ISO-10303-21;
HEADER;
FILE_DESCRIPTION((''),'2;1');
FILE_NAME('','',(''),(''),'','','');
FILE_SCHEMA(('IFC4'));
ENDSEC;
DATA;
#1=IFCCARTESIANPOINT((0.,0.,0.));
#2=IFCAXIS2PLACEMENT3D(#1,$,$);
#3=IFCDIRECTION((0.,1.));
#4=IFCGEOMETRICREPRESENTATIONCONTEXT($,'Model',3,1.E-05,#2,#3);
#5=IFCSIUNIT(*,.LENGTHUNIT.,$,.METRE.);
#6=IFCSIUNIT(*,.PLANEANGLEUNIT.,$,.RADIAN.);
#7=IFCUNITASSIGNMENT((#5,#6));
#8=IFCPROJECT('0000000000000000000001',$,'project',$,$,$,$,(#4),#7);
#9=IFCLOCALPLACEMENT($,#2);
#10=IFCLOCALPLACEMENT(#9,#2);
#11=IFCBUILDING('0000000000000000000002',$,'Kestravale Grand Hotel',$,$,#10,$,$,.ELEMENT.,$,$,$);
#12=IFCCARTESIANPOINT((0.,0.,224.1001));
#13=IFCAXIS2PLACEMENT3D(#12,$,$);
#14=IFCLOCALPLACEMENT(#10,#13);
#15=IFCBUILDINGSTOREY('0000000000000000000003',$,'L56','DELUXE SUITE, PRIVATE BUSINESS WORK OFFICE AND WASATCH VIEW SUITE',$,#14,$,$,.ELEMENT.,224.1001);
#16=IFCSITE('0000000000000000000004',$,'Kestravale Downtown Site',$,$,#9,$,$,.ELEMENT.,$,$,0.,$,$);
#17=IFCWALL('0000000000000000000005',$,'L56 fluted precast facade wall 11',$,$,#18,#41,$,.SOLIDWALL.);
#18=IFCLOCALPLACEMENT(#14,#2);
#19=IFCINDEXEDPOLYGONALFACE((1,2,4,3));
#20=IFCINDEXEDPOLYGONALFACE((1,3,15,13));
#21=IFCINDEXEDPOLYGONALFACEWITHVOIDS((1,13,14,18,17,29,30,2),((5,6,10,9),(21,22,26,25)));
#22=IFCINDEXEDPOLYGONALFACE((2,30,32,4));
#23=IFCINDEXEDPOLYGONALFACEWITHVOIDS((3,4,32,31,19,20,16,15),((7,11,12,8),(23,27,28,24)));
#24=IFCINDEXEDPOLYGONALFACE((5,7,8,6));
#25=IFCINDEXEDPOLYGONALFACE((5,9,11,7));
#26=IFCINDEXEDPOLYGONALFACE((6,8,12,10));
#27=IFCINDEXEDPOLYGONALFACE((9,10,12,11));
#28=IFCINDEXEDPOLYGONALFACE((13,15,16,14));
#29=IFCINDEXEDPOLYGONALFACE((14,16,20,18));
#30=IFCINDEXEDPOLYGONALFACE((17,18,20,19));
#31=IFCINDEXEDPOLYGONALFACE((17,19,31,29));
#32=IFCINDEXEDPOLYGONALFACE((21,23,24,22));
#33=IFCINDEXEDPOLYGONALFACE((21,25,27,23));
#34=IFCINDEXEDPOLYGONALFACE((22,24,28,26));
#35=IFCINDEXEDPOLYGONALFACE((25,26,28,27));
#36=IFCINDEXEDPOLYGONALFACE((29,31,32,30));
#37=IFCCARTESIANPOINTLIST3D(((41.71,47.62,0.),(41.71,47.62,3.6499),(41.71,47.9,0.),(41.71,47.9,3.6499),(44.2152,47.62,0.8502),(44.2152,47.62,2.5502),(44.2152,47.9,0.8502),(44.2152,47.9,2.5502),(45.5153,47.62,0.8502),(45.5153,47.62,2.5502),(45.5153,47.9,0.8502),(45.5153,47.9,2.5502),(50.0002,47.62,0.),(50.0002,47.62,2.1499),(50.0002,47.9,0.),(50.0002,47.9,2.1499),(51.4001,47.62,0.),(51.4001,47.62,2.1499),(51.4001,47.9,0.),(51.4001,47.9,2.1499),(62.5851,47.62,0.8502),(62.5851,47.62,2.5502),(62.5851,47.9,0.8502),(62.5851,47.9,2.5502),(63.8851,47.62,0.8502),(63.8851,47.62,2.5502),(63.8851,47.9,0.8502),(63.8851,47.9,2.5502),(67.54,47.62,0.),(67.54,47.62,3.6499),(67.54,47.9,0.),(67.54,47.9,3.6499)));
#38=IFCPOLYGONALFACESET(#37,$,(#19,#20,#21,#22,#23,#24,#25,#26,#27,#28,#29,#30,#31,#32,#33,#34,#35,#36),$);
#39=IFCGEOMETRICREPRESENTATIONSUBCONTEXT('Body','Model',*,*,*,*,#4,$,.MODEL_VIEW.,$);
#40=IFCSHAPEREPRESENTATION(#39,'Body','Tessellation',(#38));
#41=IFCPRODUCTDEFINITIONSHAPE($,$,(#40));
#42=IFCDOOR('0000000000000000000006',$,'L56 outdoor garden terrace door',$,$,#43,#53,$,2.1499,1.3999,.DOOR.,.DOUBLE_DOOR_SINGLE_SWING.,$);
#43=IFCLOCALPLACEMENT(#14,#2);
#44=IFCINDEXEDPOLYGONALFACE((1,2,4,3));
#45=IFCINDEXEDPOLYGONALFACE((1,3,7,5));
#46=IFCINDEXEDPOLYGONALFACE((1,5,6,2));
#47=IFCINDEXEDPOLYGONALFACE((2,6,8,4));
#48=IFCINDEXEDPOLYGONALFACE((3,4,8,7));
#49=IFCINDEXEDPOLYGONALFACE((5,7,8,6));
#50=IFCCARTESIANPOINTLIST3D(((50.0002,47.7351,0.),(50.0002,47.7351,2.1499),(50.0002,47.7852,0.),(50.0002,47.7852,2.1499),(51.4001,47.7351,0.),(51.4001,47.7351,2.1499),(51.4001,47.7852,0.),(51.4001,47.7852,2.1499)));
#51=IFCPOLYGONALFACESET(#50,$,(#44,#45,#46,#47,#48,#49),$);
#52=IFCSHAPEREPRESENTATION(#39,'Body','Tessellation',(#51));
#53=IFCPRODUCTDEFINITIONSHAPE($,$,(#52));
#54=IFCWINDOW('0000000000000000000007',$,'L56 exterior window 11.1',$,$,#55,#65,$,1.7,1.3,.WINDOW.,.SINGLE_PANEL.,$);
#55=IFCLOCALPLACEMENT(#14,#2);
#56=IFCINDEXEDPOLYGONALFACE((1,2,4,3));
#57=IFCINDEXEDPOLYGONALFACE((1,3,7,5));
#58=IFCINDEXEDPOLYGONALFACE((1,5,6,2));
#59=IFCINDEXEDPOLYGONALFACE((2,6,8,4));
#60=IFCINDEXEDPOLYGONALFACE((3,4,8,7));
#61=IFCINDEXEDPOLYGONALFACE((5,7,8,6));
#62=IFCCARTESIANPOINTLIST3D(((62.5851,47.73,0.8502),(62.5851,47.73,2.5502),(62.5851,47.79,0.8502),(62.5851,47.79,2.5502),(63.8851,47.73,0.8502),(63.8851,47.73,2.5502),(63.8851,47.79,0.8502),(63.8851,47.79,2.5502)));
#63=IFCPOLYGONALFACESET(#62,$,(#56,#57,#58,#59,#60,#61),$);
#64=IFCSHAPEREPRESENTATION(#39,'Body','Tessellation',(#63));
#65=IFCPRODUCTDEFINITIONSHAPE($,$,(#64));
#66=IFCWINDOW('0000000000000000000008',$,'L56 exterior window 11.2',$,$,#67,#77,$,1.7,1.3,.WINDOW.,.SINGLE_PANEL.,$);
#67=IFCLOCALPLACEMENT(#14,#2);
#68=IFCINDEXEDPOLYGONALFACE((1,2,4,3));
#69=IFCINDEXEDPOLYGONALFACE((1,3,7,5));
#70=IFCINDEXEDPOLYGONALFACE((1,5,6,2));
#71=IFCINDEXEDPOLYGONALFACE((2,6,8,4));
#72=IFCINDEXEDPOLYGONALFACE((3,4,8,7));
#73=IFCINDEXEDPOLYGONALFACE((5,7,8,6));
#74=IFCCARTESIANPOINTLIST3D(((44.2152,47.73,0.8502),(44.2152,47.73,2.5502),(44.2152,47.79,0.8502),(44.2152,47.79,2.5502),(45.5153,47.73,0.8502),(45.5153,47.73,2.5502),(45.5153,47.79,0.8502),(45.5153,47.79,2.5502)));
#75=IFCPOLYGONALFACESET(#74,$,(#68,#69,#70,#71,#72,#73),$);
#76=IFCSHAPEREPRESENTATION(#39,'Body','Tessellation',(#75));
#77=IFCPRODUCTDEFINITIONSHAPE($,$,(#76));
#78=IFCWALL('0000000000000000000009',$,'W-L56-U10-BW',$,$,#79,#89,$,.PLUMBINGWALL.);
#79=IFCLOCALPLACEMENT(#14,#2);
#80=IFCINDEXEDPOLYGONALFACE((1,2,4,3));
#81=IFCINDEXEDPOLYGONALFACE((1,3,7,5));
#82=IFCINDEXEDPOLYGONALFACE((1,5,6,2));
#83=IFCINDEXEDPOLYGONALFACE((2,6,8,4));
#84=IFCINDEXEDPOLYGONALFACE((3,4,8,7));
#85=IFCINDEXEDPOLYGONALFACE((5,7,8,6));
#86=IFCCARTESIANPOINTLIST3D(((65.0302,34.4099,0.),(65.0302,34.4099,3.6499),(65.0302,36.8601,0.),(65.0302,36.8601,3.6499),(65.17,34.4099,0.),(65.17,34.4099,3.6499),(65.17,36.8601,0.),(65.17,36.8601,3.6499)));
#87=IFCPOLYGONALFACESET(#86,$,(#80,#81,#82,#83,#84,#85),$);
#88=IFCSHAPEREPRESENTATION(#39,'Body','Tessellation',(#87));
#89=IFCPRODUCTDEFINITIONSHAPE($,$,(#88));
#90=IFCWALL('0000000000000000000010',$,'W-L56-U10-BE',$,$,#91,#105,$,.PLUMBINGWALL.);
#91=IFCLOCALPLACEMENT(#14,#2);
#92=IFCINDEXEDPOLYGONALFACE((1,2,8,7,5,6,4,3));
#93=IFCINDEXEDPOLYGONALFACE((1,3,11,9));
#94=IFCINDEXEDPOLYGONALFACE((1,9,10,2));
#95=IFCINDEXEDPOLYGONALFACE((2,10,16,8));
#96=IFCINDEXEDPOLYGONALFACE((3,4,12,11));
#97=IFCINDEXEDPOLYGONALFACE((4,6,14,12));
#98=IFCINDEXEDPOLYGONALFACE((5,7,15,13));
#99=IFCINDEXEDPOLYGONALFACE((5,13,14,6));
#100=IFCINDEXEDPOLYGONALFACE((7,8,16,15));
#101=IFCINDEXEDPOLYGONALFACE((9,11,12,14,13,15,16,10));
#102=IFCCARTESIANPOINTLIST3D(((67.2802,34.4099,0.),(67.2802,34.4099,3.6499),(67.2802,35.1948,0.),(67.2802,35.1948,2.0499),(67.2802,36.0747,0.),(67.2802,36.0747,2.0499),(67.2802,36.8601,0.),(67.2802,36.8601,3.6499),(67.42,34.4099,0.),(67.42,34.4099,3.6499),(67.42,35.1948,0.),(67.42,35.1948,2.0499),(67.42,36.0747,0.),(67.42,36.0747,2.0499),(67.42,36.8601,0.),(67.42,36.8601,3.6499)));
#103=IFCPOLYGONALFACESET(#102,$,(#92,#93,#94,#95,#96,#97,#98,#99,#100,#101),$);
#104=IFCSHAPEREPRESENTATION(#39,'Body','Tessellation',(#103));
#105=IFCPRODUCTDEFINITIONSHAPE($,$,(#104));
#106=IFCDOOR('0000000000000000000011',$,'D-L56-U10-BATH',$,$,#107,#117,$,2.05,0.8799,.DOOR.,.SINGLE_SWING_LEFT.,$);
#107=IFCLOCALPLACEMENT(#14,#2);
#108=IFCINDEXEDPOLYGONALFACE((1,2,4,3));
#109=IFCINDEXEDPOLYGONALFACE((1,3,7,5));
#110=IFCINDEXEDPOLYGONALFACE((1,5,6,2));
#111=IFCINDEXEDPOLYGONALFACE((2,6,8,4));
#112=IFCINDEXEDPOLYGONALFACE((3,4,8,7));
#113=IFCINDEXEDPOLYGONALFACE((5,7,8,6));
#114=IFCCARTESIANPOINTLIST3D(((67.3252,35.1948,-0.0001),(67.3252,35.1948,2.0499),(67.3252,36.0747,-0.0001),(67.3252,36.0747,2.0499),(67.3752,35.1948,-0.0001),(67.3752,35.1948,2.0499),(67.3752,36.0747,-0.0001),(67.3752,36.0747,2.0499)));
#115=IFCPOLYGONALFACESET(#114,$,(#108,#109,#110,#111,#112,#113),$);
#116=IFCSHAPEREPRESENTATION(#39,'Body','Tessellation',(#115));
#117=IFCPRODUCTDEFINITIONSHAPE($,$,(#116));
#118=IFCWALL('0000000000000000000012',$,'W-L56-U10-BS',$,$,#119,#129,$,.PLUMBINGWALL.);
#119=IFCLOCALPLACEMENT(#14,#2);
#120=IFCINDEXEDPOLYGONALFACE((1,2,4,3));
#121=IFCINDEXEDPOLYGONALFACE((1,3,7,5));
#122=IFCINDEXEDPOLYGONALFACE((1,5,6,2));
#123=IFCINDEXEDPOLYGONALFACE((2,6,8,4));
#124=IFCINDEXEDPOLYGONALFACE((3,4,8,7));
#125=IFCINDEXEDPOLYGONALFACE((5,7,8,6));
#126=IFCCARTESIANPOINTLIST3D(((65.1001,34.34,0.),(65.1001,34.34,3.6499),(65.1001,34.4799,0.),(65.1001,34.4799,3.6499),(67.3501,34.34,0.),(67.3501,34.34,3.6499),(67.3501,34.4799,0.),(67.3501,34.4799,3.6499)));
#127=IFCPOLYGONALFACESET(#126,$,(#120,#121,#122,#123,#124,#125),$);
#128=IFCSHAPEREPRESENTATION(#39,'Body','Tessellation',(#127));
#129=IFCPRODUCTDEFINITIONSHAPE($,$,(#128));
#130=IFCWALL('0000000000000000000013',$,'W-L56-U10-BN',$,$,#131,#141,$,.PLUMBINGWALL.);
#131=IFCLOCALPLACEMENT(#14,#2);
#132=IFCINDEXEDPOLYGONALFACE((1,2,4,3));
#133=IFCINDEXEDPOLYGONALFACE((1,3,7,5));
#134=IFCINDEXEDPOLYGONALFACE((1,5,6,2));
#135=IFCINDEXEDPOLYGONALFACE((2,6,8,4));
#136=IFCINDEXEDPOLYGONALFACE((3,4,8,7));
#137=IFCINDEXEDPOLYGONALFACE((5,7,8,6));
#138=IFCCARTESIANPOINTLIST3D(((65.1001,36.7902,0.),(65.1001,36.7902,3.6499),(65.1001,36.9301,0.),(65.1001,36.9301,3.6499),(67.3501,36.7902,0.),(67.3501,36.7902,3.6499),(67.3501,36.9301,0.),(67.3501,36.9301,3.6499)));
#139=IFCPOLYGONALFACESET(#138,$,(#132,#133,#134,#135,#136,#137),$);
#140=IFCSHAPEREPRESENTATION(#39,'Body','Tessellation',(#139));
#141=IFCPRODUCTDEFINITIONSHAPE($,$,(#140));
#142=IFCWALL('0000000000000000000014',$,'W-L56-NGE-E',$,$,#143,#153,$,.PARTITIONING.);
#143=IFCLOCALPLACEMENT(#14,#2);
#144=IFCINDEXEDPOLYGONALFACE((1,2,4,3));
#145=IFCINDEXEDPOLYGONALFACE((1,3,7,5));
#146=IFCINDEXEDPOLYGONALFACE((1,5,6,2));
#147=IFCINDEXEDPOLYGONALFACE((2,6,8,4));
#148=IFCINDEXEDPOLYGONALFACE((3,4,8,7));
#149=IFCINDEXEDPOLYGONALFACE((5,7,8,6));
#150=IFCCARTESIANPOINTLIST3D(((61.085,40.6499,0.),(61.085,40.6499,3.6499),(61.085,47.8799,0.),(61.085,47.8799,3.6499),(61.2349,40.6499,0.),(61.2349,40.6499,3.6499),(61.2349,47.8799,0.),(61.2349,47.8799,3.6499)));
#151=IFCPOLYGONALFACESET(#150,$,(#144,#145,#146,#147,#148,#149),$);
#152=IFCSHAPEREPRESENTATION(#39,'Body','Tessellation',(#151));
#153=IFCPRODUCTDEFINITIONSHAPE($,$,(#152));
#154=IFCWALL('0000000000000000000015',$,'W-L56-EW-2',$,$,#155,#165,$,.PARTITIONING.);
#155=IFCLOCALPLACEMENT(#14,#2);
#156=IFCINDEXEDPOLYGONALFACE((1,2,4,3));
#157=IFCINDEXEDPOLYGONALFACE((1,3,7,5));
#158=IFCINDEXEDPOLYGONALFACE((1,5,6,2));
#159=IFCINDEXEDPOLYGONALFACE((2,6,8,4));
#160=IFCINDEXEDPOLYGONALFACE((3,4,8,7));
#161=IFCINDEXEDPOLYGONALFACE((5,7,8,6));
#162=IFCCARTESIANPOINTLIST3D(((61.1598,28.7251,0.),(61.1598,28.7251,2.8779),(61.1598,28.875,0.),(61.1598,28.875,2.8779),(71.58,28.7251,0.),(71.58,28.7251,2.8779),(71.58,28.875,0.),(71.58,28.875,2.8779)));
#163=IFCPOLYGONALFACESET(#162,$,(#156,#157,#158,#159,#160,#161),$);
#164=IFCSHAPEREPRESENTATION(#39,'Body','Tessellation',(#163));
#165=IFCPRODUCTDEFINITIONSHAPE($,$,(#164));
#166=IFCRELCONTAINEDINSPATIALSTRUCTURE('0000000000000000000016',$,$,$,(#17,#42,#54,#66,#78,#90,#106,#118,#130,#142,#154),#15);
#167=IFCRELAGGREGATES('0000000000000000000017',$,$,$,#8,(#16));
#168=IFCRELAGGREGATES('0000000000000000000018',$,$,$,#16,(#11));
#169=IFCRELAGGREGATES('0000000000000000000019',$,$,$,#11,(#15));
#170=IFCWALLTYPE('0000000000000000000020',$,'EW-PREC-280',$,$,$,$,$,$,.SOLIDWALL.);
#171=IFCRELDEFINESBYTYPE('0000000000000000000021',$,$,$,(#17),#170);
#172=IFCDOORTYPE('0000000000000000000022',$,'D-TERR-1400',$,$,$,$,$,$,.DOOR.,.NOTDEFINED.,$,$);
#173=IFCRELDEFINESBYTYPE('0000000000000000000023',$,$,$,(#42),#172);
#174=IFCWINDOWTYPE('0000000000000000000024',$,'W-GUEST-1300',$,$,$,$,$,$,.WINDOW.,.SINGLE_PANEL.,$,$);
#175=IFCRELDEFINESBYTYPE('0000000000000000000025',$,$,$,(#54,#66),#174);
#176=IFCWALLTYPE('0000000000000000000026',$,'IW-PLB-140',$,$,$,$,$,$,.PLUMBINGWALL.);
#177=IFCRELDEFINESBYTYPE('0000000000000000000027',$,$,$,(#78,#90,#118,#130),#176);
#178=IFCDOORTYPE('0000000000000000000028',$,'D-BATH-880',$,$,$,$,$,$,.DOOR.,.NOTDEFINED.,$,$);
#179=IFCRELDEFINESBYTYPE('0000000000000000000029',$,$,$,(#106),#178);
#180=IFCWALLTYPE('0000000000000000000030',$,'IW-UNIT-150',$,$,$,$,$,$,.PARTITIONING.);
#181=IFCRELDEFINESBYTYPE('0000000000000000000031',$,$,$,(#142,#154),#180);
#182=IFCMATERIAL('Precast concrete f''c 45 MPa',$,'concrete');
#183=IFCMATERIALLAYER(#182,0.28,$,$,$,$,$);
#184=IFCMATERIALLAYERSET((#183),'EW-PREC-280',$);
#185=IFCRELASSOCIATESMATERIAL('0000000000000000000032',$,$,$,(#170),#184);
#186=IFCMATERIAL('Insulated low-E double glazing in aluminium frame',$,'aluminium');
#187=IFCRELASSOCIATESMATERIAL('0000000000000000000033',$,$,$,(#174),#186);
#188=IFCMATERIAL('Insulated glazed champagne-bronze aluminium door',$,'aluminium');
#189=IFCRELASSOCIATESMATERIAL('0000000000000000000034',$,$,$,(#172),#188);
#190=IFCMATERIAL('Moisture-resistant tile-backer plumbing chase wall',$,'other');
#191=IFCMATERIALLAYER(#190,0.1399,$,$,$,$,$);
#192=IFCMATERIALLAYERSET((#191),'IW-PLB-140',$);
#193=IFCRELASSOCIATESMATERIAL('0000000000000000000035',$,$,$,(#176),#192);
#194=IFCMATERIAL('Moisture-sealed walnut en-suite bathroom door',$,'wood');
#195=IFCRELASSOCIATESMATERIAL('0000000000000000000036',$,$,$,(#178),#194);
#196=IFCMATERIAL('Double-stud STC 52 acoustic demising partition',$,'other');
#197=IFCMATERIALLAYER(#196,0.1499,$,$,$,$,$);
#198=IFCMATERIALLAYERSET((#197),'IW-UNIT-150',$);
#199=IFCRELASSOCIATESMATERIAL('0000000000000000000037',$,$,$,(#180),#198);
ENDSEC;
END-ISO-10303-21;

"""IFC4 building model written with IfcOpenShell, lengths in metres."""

from ifc_helpers import new_model, si_unit, direction, frame, frame_2d, origin, place, context, subcontext, project, spatial, rectangle, extrude, material, layer, layer_set, type_object, element, fill, save


model = new_model("IFC4")

# Units and contexts
model_context = context("Model", 3, precision=1e-05, world=origin(), true_north=direction((0.0, 1.0)))
body_context = subcontext(model_context, "Body", "Model", "MODEL_VIEW")
ifc_project = project(units=[si_unit("LENGTHUNIT", "METRE"), si_unit("PLANEANGLEUNIT", "RADIAN")], contexts=[model_context])

# Site, building, storey
site_placement = place(None, origin())
site = spatial("IfcSite", under=ifc_project, at=site_placement, Name="Kestravale Downtown Site", CompositionType="ELEMENT", RefElevation=0.0)
building_placement = place(site_placement, origin())
building = spatial("IfcBuilding", under=site, at=building_placement, Name="Kestravale Grand Hotel", CompositionType="ELEMENT")
storey_placement = place(building_placement, frame((0.0, 0.0, 224.1001)))
storey = spatial("IfcBuildingStorey", under=building, at=storey_placement, Name="L56", Description="DELUXE SUITE, PRIVATE BUSINESS WORK OFFICE AND WASATCH VIEW SUITE", CompositionType="ELEMENT", Elevation=224.1001)

# Shared definitions
ifc_material_1 = material(Name="Precast concrete f'c 45 MPa", Category="concrete")
ifc_layer_1 = layer(ifc_material_1, 0.28)
ifc_layer_set_1 = layer_set([ifc_layer_1], Name="EW-PREC-280")
wall_type_1 = type_object("IfcWallType", Name="EW-PREC-280", PredefinedType="SOLIDWALL", material=ifc_layer_set_1)
ifc_material_2 = material(Name="Insulated low-E double glazing in aluminium frame", Category="aluminium")
window_type = type_object("IfcWindowType", Name="W-GUEST-1300", PartitioningType="SINGLE_PANEL", PredefinedType="WINDOW", material=ifc_material_2)

# Wall, openings, door, windows
wall_1_placement = place(storey_placement, frame((67.54, 47.76, 0.0), z_axis=(0.0, 0.0, 1.0), x_axis=(-1.0, 0.0, 0.0)))
wall_1 = element("IfcWall", 1, at=wall_1_placement, inside=storey, type_object=wall_type_1, Name="L56 fluted precast facade wall 11", PredefinedType="SOLIDWALL", context=body_context, shape_type="SweptSolid", body=[
    extrude(rectangle(XDim=25.8301, YDim=0.28, at=frame_2d((12.915, 0.0))), origin(), (0.0, 0.0, 1.0), 3.6499),
])
opening_1_placement = place(wall_1_placement, frame((16.1399, 0.0, 0.0)))
opening_1 = element("IfcOpeningElement", 2, at=opening_1_placement, cuts=wall_1, PredefinedType="OPENING", context=body_context, shape_type="SweptSolid", body=[
    extrude(rectangle(XDim=1.3999, YDim=2.1499, at=frame_2d((0.7, 1.075))), frame((0.0, 0.1499, 0.0), z_axis=(0.0, -1.0, 0.0), x_axis=(1.0, 0.0, 0.0)), (0.0, 0.0, 1.0), 0.3),
])
opening_2_placement = place(wall_1_placement, frame((3.655, 0.0, 0.8501)))
opening_2 = element("IfcOpeningElement", 3, at=opening_2_placement, cuts=wall_1, PredefinedType="OPENING", context=body_context, shape_type="SweptSolid", body=[
    extrude(rectangle(XDim=1.3, YDim=1.7, at=frame_2d((0.6499, 0.8501))), frame((0.0, 0.1499, 0.0), z_axis=(0.0, -1.0, 0.0), x_axis=(1.0, 0.0, 0.0)), (0.0, 0.0, 1.0), 0.3),
])
opening_3_placement = place(wall_1_placement, frame((22.0249, 0.0, 0.8501)))
opening_3 = element("IfcOpeningElement", 4, at=opening_3_placement, cuts=wall_1, PredefinedType="OPENING", context=body_context, shape_type="SweptSolid", body=[
    extrude(rectangle(XDim=1.3, YDim=1.7, at=frame_2d((0.6499, 0.8501))), frame((0.0, 0.1499, 0.0), z_axis=(0.0, -1.0, 0.0), x_axis=(1.0, 0.0, 0.0)), (0.0, 0.0, 1.0), 0.3),
])
ifc_material_3 = material(Name="Insulated glazed champagne-bronze aluminium door", Category="aluminium")
door_type_1 = type_object("IfcDoorType", Name="D-TERR-1400", OperationType="NOTDEFINED", PredefinedType="DOOR", material=ifc_material_3)
door_1_placement = place(opening_1_placement, origin())
door_1 = element("IfcDoor", 5, at=door_1_placement, inside=storey, type_object=door_type_1, Name="L56 outdoor garden terrace door", OperationType="DOUBLE_DOOR_SINGLE_SWING", OverallHeight=2.1499, OverallWidth=1.3999, PredefinedType="DOOR", context=body_context, shape_type="SweptSolid", body=[
    extrude(rectangle(XDim=1.3999, YDim=2.1499, at=frame_2d((0.7, 1.075))), frame((0.0, 0.0249, 0.0), z_axis=(0.0, -1.0, 0.0), x_axis=(1.0, 0.0, 0.0)), (0.0, 0.0, 1.0), 0.05),
])
fill(opening_1, door_1)
window_1_placement = place(opening_2_placement, origin())
window_1 = element("IfcWindow", 6, at=window_1_placement, inside=storey, type_object=window_type, Name="L56 exterior window 11.1", OverallHeight=1.7, OverallWidth=1.3, PartitioningType="SINGLE_PANEL", PredefinedType="WINDOW", context=body_context, shape_type="SweptSolid", body=[
    extrude(rectangle(XDim=1.3, YDim=1.7, at=frame_2d((0.6499, 0.8501))), frame((0.0, 0.03, 0.0), z_axis=(0.0, -1.0, 0.0), x_axis=(1.0, 0.0, 0.0)), (0.0, 0.0, 1.0), 0.0601),
])
fill(opening_2, window_1)
window_2_placement = place(opening_3_placement, origin())
window_2 = element("IfcWindow", 7, at=window_2_placement, inside=storey, type_object=window_type, Name="L56 exterior window 11.2", OverallHeight=1.7, OverallWidth=1.3, PartitioningType="SINGLE_PANEL", PredefinedType="WINDOW", context=body_context, shape_type="SweptSolid", body=[
    extrude(rectangle(XDim=1.3, YDim=1.7, at=frame_2d((0.6499, 0.8501))), frame((0.0, 0.03, 0.0), z_axis=(0.0, -1.0, 0.0), x_axis=(1.0, 0.0, 0.0)), (0.0, 0.0, 1.0), 0.0601),
])
fill(opening_3, window_2)

# Wall
ifc_material_4 = material(Name="Moisture-resistant tile-backer plumbing chase wall", Category="other")
ifc_layer_2 = layer(ifc_material_4, 0.1399)
ifc_layer_set_2 = layer_set([ifc_layer_2], Name="IW-PLB-140")
wall_type_2 = type_object("IfcWallType", Name="IW-PLB-140", PredefinedType="PLUMBINGWALL", material=ifc_layer_set_2)
wall_2_placement = place(storey_placement, frame((65.1001, 34.4099, 0.0), z_axis=(0.0, 0.0, 1.0), x_axis=(0.0, 1.0, 0.0)))
element("IfcWall", 8, at=wall_2_placement, inside=storey, type_object=wall_type_2, Name="W-L56-U10-BW", PredefinedType="PLUMBINGWALL", context=body_context, shape_type="SweptSolid", body=[
    extrude(rectangle(XDim=2.4502, YDim=0.1399, at=frame_2d((1.2251, 0.0))), origin(), (0.0, 0.0, 1.0), 3.6499),
])

# Wall, opening, door
wall_3_placement = place(storey_placement, frame((67.3501, 34.4099, 0.0), z_axis=(0.0, 0.0, 1.0), x_axis=(0.0, 1.0, 0.0)))
wall_3 = element("IfcWall", 9, at=wall_3_placement, inside=storey, type_object=wall_type_2, Name="W-L56-U10-BE", PredefinedType="PLUMBINGWALL", context=body_context, shape_type="SweptSolid", body=[
    extrude(rectangle(XDim=2.4502, YDim=0.1399, at=frame_2d((1.2251, 0.0))), origin(), (0.0, 0.0, 1.0), 3.6499),
])
opening_4_placement = place(wall_3_placement, frame((0.7849, 0.0, 0.0)))
opening_4 = element("IfcOpeningElement", 10, at=opening_4_placement, cuts=wall_3, PredefinedType="OPENING", context=body_context, shape_type="SweptSolid", body=[
    extrude(rectangle(XDim=0.8799, YDim=2.05, at=frame_2d((0.4399, 1.0249))), frame((0.0, 0.0798, 0.0), z_axis=(0.0, -1.0, 0.0), x_axis=(1.0, 0.0, 0.0)), (0.0, 0.0, 1.0), 0.1599),
])
ifc_material_5 = material(Name="Moisture-sealed walnut en-suite bathroom door", Category="wood")
door_type_2 = type_object("IfcDoorType", Name="D-BATH-880", OperationType="NOTDEFINED", PredefinedType="DOOR", material=ifc_material_5)
door_2_placement = place(opening_4_placement, origin())
door_2 = element("IfcDoor", 11, at=door_2_placement, inside=storey, type_object=door_type_2, Name="D-L56-U10-BATH", OperationType="SINGLE_SWING_LEFT", OverallHeight=2.05, OverallWidth=0.8799, PredefinedType="DOOR", context=body_context, shape_type="SweptSolid", body=[
    extrude(rectangle(XDim=0.8799, YDim=2.05, at=frame_2d((0.4399, 1.0249))), frame((0.0, 0.0249, 0.0), z_axis=(0.0, -1.0, 0.0), x_axis=(1.0, 0.0, 0.0)), (0.0, 0.0, 1.0), 0.05),
])
fill(opening_4, door_2)

# Walls
for number, where, z_axis, x_axis, name in (
    (12, (65.1001, 34.4099, 0.0), (0.0, 0.0, 1.0), (1.0, 0.0, 0.0), "W-L56-U10-BS"),
    (13, (65.1001, 36.8601, 0.0), (0.0, 0.0, 1.0), (1.0, 0.0, 0.0), "W-L56-U10-BN"),
):
    element("IfcWall", number, at=place(storey_placement, frame(where, z_axis=z_axis, x_axis=x_axis)), inside=storey, type_object=wall_type_2, Name=name, PredefinedType="PLUMBINGWALL", context=body_context, shape_type="SweptSolid", body=[
        extrude(rectangle(XDim=2.25, YDim=0.1399, at=frame_2d((1.125, 0.0))), origin(), (0.0, 0.0, 1.0), 3.6499),
    ])
ifc_material_6 = material(Name="Double-stud STC 52 acoustic demising partition", Category="other")
ifc_layer_3 = layer(ifc_material_6, 0.1499)
ifc_layer_set_3 = layer_set([ifc_layer_3], Name="IW-UNIT-150")
wall_type_3 = type_object("IfcWallType", Name="IW-UNIT-150", PredefinedType="PARTITIONING", material=ifc_layer_set_3)
wall_4_placement = place(storey_placement, frame((61.1599, 40.6499, 0.0), z_axis=(0.0, 0.0, 1.0), x_axis=(0.0, 1.0, 0.0)))
element("IfcWall", 14, at=wall_4_placement, inside=storey, type_object=wall_type_3, Name="W-L56-NGE-E", PredefinedType="PARTITIONING", context=body_context, shape_type="SweptSolid", body=[
    extrude(rectangle(XDim=7.23, YDim=0.1499, at=frame_2d((3.615, 0.0))), origin(), (0.0, 0.0, 1.0), 3.6499),
])
wall_5_placement = place(storey_placement, frame((61.1599, 28.8, 0.0), z_axis=(0.0, 0.0, 1.0), x_axis=(1.0, 0.0, 0.0)))
element("IfcWall", 15, at=wall_5_placement, inside=storey, type_object=wall_type_3, Name="W-L56-EW-2", PredefinedType="PARTITIONING", context=body_context, shape_type="SweptSolid", body=[
    extrude(rectangle(XDim=10.4202, YDim=0.1499, at=frame_2d((5.21, 0.0))), origin(), (0.0, 0.0, 1.0), 2.8779),
])

save(model, "model.ifc")
